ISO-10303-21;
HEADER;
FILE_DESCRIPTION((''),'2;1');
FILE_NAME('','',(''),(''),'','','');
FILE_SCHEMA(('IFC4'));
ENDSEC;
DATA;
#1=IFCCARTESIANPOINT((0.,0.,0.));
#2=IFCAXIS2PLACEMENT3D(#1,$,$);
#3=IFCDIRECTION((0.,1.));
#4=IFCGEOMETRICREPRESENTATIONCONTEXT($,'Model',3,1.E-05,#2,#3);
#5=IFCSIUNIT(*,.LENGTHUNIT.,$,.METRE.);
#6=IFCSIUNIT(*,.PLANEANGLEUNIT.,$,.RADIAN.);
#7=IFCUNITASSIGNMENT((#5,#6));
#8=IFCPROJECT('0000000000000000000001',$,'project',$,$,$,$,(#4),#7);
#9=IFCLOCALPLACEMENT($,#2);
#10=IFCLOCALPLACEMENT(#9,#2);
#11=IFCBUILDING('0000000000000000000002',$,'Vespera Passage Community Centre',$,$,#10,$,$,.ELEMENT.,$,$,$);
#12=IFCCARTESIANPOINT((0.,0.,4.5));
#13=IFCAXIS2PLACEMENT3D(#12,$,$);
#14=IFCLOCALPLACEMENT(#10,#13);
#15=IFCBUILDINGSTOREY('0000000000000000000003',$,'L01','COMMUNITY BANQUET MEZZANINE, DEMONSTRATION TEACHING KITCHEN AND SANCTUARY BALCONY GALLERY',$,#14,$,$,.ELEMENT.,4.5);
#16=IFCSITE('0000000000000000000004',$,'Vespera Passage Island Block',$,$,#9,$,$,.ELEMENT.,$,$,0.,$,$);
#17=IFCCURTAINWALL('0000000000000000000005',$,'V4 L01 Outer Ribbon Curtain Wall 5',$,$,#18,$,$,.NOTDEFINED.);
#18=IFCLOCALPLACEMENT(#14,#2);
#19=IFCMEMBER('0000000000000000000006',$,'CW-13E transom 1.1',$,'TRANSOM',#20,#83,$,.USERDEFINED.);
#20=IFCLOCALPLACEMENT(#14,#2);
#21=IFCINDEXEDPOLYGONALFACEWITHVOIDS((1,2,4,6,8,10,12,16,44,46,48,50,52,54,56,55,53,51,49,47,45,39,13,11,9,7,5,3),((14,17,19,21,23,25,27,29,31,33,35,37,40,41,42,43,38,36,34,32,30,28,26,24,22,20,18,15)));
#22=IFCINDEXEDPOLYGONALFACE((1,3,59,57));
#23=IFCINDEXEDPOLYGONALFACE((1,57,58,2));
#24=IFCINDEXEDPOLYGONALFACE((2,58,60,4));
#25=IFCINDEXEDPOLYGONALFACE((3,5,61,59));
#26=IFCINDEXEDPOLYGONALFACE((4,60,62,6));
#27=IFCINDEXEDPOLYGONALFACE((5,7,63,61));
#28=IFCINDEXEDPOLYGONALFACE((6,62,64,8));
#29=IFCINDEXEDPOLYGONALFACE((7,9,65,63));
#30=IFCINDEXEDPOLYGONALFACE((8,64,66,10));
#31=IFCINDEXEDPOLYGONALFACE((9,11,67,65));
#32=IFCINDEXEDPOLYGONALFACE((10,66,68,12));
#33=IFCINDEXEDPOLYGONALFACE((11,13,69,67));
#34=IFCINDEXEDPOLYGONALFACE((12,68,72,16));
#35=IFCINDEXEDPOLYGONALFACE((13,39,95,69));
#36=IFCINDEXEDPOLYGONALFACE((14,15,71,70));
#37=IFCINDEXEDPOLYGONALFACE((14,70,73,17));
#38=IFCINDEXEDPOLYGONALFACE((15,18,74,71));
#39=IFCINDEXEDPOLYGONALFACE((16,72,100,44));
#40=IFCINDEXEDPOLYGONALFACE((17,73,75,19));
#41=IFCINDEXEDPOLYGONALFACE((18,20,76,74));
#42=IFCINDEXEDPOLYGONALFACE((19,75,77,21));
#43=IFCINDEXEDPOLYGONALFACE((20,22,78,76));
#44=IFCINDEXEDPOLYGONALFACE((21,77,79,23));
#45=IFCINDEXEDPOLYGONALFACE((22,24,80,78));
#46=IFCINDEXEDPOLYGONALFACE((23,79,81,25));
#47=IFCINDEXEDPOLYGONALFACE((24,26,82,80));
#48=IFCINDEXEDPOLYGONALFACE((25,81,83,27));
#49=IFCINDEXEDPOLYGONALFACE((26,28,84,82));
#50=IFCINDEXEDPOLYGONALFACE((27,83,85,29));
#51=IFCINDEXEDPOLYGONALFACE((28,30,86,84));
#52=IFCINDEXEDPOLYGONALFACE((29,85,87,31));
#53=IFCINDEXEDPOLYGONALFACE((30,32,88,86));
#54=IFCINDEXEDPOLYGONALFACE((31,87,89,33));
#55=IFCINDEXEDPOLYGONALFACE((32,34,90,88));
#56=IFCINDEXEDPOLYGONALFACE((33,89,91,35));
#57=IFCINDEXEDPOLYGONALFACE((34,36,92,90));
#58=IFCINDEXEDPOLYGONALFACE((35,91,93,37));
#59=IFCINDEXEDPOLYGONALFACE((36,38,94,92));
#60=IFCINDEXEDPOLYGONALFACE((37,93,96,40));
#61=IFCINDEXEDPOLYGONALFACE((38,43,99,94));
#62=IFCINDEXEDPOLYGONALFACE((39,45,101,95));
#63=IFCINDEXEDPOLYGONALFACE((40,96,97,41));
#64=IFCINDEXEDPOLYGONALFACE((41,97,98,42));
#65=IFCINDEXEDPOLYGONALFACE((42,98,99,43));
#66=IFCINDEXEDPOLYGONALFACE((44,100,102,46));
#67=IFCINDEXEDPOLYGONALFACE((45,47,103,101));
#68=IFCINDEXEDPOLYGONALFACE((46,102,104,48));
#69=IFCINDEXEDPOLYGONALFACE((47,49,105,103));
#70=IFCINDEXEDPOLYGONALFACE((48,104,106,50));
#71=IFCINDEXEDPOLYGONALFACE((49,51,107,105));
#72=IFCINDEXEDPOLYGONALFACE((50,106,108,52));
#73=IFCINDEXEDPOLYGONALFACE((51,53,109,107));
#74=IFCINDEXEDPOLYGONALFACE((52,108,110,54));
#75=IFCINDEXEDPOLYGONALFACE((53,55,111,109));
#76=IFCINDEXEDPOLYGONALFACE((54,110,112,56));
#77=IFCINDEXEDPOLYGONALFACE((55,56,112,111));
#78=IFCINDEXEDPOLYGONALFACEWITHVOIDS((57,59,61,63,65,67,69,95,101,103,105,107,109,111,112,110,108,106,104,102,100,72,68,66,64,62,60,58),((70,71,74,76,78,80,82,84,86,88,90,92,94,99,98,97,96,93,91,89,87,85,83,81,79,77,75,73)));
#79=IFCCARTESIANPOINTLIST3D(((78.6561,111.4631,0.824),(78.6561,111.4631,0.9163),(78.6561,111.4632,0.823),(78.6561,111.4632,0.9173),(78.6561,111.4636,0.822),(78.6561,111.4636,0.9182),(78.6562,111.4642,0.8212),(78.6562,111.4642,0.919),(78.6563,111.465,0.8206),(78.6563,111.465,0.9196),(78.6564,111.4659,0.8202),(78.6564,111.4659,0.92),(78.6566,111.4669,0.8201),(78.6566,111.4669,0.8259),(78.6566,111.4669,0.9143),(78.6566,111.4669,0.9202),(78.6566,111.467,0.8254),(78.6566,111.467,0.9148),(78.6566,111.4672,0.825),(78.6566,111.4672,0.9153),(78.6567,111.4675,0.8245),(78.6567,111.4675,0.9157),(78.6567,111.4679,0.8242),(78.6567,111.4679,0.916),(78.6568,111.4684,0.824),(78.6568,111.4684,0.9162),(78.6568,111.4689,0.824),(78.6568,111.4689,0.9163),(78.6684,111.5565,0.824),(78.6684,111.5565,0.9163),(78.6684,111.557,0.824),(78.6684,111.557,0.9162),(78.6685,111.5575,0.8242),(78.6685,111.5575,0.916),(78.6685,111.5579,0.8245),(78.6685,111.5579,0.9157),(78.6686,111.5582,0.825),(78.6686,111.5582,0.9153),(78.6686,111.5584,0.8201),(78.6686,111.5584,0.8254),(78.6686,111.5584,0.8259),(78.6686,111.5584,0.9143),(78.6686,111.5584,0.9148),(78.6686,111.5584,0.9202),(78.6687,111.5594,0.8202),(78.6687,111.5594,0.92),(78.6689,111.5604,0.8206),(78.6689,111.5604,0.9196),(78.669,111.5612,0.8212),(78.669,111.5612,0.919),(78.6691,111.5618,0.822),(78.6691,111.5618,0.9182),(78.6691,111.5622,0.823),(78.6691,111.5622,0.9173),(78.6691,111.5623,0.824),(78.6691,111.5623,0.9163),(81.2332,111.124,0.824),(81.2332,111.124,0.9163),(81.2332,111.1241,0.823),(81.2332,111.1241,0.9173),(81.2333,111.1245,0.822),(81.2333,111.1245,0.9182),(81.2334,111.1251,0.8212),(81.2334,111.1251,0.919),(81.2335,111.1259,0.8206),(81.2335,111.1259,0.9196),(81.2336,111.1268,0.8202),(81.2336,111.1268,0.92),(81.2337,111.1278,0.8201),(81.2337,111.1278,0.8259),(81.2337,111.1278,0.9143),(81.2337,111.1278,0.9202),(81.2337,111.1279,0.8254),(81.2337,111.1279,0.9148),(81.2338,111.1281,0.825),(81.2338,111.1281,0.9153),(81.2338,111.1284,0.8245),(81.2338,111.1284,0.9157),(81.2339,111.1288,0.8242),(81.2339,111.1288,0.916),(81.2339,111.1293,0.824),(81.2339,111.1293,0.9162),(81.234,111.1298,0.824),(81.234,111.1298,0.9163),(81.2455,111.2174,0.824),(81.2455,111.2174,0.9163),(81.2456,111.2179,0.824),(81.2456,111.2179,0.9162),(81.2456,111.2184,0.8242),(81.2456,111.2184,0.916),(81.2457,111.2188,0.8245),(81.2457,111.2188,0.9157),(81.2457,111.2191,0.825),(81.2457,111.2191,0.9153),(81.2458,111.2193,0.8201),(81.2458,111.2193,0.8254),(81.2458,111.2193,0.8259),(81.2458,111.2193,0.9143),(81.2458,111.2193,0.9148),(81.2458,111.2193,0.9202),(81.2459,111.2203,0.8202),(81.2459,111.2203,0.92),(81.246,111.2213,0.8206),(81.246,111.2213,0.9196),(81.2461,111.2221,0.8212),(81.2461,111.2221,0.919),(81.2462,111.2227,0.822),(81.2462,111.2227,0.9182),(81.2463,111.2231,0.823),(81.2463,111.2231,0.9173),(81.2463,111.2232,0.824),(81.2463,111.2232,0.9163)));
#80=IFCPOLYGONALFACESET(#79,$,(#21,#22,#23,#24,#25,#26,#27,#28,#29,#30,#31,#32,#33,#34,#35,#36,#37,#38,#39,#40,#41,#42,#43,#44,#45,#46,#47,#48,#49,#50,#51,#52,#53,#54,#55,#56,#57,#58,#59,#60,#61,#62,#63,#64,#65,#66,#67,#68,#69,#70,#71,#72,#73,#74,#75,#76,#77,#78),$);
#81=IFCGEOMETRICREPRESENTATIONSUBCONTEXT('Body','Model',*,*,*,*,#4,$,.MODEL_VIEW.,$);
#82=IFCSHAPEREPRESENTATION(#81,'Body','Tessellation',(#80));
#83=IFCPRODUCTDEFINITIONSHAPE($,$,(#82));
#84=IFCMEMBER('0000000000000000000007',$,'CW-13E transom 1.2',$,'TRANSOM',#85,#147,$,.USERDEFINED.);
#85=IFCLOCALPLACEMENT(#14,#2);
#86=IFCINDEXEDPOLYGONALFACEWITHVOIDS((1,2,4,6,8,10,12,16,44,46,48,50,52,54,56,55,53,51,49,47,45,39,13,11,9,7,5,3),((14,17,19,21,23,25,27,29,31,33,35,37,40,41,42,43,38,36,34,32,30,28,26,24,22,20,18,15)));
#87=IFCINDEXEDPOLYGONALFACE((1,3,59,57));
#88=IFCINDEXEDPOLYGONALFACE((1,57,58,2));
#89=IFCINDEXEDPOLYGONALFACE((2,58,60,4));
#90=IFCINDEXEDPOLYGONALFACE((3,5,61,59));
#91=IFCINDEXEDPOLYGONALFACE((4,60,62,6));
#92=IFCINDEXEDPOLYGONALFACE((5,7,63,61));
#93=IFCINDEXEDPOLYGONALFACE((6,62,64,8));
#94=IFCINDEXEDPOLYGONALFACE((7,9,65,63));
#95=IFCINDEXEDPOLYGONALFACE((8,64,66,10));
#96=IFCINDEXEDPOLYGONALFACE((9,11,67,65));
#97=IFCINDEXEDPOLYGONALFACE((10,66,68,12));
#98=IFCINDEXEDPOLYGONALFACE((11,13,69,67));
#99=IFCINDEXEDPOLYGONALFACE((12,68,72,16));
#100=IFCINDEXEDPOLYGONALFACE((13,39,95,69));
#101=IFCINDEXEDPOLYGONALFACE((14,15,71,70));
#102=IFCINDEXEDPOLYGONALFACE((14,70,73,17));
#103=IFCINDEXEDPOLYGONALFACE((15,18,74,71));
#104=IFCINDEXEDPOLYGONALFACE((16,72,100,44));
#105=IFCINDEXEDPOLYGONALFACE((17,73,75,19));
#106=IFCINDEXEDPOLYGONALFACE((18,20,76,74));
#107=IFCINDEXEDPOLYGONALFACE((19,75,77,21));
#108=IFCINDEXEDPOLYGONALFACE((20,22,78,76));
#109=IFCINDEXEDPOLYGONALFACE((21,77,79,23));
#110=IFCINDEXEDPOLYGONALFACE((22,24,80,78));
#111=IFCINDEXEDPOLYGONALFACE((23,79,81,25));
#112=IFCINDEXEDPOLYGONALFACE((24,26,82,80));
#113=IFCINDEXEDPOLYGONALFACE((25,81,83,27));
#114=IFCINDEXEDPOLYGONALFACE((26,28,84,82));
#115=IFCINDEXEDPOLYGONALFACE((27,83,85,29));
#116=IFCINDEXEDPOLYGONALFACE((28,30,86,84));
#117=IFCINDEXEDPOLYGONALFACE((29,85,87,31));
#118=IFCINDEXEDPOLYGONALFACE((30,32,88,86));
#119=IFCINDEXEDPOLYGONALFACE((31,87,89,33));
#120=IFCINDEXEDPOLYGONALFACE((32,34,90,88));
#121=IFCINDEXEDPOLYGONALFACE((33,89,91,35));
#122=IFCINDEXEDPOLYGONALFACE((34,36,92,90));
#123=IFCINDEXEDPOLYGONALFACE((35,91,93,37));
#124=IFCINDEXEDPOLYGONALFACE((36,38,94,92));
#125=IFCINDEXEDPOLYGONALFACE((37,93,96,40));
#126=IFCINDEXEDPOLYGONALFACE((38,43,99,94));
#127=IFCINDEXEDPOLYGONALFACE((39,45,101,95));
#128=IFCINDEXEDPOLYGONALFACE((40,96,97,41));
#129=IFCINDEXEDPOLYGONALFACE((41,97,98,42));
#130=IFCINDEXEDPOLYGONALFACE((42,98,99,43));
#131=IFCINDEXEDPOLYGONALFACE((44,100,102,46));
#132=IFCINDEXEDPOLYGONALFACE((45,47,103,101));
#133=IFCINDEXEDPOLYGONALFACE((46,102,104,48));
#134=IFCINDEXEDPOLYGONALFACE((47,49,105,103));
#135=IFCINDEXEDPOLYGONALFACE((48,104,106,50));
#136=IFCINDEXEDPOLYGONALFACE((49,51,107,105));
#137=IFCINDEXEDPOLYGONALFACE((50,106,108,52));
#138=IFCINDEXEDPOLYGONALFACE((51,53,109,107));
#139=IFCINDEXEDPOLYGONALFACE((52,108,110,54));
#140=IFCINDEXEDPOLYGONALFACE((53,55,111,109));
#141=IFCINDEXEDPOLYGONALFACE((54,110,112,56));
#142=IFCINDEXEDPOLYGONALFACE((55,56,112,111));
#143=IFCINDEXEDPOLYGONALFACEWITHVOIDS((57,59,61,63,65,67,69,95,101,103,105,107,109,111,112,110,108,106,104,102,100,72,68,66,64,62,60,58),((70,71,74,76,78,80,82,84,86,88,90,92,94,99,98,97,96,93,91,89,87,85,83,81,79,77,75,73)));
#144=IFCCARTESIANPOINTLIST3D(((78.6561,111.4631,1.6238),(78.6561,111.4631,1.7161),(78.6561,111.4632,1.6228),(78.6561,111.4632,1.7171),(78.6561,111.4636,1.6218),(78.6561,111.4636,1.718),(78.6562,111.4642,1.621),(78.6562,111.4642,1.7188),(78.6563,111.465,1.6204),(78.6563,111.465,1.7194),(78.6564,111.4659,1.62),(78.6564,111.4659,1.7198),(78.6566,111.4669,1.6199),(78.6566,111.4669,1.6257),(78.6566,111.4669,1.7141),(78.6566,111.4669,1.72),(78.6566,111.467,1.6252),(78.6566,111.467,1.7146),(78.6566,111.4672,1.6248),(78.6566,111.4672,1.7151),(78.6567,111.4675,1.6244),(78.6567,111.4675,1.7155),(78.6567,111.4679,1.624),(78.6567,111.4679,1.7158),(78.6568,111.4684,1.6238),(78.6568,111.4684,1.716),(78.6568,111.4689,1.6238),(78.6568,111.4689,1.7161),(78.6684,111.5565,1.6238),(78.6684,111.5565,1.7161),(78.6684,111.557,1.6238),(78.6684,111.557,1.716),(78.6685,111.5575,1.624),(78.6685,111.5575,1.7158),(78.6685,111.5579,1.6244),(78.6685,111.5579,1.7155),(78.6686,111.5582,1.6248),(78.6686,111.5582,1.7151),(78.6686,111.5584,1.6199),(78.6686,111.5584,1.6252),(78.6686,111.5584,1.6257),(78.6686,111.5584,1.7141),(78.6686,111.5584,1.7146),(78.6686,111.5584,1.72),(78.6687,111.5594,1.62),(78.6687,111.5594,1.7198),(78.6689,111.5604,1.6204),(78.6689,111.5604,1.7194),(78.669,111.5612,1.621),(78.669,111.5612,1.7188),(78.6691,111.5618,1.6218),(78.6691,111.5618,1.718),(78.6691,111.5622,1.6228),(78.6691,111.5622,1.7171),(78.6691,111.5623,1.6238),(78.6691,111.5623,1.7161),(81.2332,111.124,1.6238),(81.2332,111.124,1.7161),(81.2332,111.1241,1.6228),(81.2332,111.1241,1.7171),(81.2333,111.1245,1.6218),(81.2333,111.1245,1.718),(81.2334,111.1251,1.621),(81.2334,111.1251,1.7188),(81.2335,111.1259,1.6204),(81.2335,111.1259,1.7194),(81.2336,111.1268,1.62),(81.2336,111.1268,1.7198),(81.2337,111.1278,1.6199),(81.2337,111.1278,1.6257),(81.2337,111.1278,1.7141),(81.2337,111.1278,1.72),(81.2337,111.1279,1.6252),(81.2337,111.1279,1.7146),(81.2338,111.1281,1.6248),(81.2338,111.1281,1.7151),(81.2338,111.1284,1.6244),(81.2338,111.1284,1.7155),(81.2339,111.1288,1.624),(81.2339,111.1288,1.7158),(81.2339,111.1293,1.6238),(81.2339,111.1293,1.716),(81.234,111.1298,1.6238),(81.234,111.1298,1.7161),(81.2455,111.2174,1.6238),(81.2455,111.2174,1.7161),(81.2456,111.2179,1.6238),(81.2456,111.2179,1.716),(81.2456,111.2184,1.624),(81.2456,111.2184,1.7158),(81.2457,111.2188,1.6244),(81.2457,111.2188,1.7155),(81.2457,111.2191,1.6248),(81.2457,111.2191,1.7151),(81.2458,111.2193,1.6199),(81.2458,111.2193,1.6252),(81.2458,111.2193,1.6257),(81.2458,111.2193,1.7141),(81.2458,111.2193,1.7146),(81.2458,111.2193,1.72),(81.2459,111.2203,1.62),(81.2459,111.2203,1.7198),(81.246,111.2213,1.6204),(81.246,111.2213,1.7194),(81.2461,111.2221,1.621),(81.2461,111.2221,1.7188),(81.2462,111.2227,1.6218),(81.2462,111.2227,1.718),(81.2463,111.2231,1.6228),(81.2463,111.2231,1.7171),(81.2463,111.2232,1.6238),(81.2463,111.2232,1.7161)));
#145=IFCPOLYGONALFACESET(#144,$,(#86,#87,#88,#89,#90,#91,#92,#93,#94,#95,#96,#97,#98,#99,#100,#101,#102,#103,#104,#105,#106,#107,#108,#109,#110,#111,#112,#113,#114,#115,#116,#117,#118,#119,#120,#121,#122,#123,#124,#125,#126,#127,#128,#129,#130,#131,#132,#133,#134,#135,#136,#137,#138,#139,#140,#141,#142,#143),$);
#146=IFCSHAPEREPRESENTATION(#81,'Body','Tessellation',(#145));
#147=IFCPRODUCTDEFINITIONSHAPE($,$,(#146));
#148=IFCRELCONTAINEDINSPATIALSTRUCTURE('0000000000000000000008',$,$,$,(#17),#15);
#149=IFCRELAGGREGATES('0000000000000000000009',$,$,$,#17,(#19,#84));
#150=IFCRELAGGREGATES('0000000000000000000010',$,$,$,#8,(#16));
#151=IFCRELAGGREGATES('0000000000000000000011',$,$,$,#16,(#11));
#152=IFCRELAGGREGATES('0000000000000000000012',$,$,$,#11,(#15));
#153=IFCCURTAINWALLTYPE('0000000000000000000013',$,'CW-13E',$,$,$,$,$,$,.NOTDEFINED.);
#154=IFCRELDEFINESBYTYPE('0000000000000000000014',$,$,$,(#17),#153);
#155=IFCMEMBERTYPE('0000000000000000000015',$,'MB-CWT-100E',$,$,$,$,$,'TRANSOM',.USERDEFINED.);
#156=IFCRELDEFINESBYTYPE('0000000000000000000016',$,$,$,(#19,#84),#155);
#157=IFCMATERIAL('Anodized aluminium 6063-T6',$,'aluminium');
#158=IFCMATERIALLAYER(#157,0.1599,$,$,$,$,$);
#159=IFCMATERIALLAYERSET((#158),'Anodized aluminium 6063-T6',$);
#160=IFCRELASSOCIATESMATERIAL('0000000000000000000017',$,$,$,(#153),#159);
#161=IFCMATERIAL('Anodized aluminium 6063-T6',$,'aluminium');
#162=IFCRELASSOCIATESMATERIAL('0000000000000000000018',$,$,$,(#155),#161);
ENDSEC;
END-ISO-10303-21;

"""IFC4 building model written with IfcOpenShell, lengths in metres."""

from ifc_helpers import new_model, si_unit, direction, frame, origin, origin_2d, place, context, subcontext, project, spatial, hollow_rectangle, extrude, material, layer, layer_set, material_profile, profile_set, type_object, element, aggregate, save


model = new_model("IFC4")

# Units and contexts
model_context = context("Model", 3, precision=1e-05, world=origin(), true_north=direction((0.0, 1.0)))
body_context = subcontext(model_context, "Body", "Model", "MODEL_VIEW")
ifc_project = project(units=[si_unit("LENGTHUNIT", "METRE"), si_unit("PLANEANGLEUNIT", "RADIAN")], contexts=[model_context])

# Site, building, storey
site_placement = place(None, origin())
site = spatial("IfcSite", under=ifc_project, at=site_placement, Name="Vespera Passage Island Block", CompositionType="ELEMENT", RefElevation=0.0)
building_placement = place(site_placement, origin())
building = spatial("IfcBuilding", under=site, at=building_placement, Name="Vespera Passage Community Centre", CompositionType="ELEMENT")
storey_placement = place(building_placement, frame((0.0, 0.0, 4.5)))
storey = spatial("IfcBuildingStorey", under=building, at=storey_placement, Name="L01", Description="COMMUNITY BANQUET MEZZANINE, DEMONSTRATION TEACHING KITCHEN AND SANCTUARY BALCONY GALLERY", CompositionType="ELEMENT", Elevation=4.5)

# Curtain wall, members
ifc_material_1 = material(Name="Anodized aluminium 6063-T6", Category="aluminium")
ifc_layer_1 = layer(ifc_material_1, 0.1599)
ifc_layer_set_1 = layer_set([ifc_layer_1], Name="Anodized aluminium 6063-T6")
curtain_wall_type_1 = type_object("IfcCurtainWallType", Name="CW-13E", PredefinedType="NOTDEFINED", material=ifc_layer_set_1)
curtain_wall_1_placement = place(storey_placement, origin())
curtain_wall_1 = element("IfcCurtainWall", 1, at=curtain_wall_1_placement, inside=storey, type_object=curtain_wall_type_1, Name="V4 L01 Outer Ribbon Curtain Wall 5", PredefinedType="NOTDEFINED")
ifc_material_2 = material(Name="Anodized aluminium 6063-T6", Category="aluminium")
ifc_material_profile_1 = material_profile(ifc_material_2, hollow_rectangle(XDim=0.1001, YDim=0.1001, WallThickness=0.0039, InnerFilletRadius=0.002, OuterFilletRadius=0.0039, at=origin_2d()), Name="ALU100X100X4")
ifc_profile_set_1 = profile_set([ifc_material_profile_1], Name="Anodized aluminium 6063-T6")
member_type_1 = type_object("IfcMemberType", Name="MB-CWT-100E", ElementType="TRANSOM", PredefinedType="USERDEFINED", material=ifc_profile_set_1)
member_1_placement = place(storey_placement, frame((78.6626, 111.5127, 0.8701), z_axis=(0.991454, -0.130459, 0.0), x_axis=(0.130459, 0.991454, 0.0)))
member_1 = element("IfcMember", 2, at=member_1_placement, type_object=member_type_1, Name="CW-13E transom 1.1", ObjectType="TRANSOM", PredefinedType="USERDEFINED", context=body_context, shape_type="SweptSolid", body=[
    extrude(hollow_rectangle(XDim=0.1001, YDim=0.1001, WallThickness=0.0039, InnerFilletRadius=0.002, OuterFilletRadius=0.0039, at=origin_2d()), origin(), (0.0, 0.0, 1.0), 2.5994),
])
member_2_placement = place(storey_placement, frame((78.6626, 111.5127, 1.6699), z_axis=(0.991454, -0.130459, 0.0), x_axis=(0.130459, 0.991454, 0.0)))
member_2 = element("IfcMember", 3, at=member_2_placement, type_object=member_type_1, Name="CW-13E transom 1.2", ObjectType="TRANSOM", PredefinedType="USERDEFINED", context=body_context, shape_type="SweptSolid", body=[
    extrude(hollow_rectangle(XDim=0.1001, YDim=0.1001, WallThickness=0.0039, InnerFilletRadius=0.002, OuterFilletRadius=0.0039, at=origin_2d()), origin(), (0.0, 0.0, 1.0), 2.5994),
])

aggregate(curtain_wall_1, [member_1, member_2])

save(model, "model.ifc")
